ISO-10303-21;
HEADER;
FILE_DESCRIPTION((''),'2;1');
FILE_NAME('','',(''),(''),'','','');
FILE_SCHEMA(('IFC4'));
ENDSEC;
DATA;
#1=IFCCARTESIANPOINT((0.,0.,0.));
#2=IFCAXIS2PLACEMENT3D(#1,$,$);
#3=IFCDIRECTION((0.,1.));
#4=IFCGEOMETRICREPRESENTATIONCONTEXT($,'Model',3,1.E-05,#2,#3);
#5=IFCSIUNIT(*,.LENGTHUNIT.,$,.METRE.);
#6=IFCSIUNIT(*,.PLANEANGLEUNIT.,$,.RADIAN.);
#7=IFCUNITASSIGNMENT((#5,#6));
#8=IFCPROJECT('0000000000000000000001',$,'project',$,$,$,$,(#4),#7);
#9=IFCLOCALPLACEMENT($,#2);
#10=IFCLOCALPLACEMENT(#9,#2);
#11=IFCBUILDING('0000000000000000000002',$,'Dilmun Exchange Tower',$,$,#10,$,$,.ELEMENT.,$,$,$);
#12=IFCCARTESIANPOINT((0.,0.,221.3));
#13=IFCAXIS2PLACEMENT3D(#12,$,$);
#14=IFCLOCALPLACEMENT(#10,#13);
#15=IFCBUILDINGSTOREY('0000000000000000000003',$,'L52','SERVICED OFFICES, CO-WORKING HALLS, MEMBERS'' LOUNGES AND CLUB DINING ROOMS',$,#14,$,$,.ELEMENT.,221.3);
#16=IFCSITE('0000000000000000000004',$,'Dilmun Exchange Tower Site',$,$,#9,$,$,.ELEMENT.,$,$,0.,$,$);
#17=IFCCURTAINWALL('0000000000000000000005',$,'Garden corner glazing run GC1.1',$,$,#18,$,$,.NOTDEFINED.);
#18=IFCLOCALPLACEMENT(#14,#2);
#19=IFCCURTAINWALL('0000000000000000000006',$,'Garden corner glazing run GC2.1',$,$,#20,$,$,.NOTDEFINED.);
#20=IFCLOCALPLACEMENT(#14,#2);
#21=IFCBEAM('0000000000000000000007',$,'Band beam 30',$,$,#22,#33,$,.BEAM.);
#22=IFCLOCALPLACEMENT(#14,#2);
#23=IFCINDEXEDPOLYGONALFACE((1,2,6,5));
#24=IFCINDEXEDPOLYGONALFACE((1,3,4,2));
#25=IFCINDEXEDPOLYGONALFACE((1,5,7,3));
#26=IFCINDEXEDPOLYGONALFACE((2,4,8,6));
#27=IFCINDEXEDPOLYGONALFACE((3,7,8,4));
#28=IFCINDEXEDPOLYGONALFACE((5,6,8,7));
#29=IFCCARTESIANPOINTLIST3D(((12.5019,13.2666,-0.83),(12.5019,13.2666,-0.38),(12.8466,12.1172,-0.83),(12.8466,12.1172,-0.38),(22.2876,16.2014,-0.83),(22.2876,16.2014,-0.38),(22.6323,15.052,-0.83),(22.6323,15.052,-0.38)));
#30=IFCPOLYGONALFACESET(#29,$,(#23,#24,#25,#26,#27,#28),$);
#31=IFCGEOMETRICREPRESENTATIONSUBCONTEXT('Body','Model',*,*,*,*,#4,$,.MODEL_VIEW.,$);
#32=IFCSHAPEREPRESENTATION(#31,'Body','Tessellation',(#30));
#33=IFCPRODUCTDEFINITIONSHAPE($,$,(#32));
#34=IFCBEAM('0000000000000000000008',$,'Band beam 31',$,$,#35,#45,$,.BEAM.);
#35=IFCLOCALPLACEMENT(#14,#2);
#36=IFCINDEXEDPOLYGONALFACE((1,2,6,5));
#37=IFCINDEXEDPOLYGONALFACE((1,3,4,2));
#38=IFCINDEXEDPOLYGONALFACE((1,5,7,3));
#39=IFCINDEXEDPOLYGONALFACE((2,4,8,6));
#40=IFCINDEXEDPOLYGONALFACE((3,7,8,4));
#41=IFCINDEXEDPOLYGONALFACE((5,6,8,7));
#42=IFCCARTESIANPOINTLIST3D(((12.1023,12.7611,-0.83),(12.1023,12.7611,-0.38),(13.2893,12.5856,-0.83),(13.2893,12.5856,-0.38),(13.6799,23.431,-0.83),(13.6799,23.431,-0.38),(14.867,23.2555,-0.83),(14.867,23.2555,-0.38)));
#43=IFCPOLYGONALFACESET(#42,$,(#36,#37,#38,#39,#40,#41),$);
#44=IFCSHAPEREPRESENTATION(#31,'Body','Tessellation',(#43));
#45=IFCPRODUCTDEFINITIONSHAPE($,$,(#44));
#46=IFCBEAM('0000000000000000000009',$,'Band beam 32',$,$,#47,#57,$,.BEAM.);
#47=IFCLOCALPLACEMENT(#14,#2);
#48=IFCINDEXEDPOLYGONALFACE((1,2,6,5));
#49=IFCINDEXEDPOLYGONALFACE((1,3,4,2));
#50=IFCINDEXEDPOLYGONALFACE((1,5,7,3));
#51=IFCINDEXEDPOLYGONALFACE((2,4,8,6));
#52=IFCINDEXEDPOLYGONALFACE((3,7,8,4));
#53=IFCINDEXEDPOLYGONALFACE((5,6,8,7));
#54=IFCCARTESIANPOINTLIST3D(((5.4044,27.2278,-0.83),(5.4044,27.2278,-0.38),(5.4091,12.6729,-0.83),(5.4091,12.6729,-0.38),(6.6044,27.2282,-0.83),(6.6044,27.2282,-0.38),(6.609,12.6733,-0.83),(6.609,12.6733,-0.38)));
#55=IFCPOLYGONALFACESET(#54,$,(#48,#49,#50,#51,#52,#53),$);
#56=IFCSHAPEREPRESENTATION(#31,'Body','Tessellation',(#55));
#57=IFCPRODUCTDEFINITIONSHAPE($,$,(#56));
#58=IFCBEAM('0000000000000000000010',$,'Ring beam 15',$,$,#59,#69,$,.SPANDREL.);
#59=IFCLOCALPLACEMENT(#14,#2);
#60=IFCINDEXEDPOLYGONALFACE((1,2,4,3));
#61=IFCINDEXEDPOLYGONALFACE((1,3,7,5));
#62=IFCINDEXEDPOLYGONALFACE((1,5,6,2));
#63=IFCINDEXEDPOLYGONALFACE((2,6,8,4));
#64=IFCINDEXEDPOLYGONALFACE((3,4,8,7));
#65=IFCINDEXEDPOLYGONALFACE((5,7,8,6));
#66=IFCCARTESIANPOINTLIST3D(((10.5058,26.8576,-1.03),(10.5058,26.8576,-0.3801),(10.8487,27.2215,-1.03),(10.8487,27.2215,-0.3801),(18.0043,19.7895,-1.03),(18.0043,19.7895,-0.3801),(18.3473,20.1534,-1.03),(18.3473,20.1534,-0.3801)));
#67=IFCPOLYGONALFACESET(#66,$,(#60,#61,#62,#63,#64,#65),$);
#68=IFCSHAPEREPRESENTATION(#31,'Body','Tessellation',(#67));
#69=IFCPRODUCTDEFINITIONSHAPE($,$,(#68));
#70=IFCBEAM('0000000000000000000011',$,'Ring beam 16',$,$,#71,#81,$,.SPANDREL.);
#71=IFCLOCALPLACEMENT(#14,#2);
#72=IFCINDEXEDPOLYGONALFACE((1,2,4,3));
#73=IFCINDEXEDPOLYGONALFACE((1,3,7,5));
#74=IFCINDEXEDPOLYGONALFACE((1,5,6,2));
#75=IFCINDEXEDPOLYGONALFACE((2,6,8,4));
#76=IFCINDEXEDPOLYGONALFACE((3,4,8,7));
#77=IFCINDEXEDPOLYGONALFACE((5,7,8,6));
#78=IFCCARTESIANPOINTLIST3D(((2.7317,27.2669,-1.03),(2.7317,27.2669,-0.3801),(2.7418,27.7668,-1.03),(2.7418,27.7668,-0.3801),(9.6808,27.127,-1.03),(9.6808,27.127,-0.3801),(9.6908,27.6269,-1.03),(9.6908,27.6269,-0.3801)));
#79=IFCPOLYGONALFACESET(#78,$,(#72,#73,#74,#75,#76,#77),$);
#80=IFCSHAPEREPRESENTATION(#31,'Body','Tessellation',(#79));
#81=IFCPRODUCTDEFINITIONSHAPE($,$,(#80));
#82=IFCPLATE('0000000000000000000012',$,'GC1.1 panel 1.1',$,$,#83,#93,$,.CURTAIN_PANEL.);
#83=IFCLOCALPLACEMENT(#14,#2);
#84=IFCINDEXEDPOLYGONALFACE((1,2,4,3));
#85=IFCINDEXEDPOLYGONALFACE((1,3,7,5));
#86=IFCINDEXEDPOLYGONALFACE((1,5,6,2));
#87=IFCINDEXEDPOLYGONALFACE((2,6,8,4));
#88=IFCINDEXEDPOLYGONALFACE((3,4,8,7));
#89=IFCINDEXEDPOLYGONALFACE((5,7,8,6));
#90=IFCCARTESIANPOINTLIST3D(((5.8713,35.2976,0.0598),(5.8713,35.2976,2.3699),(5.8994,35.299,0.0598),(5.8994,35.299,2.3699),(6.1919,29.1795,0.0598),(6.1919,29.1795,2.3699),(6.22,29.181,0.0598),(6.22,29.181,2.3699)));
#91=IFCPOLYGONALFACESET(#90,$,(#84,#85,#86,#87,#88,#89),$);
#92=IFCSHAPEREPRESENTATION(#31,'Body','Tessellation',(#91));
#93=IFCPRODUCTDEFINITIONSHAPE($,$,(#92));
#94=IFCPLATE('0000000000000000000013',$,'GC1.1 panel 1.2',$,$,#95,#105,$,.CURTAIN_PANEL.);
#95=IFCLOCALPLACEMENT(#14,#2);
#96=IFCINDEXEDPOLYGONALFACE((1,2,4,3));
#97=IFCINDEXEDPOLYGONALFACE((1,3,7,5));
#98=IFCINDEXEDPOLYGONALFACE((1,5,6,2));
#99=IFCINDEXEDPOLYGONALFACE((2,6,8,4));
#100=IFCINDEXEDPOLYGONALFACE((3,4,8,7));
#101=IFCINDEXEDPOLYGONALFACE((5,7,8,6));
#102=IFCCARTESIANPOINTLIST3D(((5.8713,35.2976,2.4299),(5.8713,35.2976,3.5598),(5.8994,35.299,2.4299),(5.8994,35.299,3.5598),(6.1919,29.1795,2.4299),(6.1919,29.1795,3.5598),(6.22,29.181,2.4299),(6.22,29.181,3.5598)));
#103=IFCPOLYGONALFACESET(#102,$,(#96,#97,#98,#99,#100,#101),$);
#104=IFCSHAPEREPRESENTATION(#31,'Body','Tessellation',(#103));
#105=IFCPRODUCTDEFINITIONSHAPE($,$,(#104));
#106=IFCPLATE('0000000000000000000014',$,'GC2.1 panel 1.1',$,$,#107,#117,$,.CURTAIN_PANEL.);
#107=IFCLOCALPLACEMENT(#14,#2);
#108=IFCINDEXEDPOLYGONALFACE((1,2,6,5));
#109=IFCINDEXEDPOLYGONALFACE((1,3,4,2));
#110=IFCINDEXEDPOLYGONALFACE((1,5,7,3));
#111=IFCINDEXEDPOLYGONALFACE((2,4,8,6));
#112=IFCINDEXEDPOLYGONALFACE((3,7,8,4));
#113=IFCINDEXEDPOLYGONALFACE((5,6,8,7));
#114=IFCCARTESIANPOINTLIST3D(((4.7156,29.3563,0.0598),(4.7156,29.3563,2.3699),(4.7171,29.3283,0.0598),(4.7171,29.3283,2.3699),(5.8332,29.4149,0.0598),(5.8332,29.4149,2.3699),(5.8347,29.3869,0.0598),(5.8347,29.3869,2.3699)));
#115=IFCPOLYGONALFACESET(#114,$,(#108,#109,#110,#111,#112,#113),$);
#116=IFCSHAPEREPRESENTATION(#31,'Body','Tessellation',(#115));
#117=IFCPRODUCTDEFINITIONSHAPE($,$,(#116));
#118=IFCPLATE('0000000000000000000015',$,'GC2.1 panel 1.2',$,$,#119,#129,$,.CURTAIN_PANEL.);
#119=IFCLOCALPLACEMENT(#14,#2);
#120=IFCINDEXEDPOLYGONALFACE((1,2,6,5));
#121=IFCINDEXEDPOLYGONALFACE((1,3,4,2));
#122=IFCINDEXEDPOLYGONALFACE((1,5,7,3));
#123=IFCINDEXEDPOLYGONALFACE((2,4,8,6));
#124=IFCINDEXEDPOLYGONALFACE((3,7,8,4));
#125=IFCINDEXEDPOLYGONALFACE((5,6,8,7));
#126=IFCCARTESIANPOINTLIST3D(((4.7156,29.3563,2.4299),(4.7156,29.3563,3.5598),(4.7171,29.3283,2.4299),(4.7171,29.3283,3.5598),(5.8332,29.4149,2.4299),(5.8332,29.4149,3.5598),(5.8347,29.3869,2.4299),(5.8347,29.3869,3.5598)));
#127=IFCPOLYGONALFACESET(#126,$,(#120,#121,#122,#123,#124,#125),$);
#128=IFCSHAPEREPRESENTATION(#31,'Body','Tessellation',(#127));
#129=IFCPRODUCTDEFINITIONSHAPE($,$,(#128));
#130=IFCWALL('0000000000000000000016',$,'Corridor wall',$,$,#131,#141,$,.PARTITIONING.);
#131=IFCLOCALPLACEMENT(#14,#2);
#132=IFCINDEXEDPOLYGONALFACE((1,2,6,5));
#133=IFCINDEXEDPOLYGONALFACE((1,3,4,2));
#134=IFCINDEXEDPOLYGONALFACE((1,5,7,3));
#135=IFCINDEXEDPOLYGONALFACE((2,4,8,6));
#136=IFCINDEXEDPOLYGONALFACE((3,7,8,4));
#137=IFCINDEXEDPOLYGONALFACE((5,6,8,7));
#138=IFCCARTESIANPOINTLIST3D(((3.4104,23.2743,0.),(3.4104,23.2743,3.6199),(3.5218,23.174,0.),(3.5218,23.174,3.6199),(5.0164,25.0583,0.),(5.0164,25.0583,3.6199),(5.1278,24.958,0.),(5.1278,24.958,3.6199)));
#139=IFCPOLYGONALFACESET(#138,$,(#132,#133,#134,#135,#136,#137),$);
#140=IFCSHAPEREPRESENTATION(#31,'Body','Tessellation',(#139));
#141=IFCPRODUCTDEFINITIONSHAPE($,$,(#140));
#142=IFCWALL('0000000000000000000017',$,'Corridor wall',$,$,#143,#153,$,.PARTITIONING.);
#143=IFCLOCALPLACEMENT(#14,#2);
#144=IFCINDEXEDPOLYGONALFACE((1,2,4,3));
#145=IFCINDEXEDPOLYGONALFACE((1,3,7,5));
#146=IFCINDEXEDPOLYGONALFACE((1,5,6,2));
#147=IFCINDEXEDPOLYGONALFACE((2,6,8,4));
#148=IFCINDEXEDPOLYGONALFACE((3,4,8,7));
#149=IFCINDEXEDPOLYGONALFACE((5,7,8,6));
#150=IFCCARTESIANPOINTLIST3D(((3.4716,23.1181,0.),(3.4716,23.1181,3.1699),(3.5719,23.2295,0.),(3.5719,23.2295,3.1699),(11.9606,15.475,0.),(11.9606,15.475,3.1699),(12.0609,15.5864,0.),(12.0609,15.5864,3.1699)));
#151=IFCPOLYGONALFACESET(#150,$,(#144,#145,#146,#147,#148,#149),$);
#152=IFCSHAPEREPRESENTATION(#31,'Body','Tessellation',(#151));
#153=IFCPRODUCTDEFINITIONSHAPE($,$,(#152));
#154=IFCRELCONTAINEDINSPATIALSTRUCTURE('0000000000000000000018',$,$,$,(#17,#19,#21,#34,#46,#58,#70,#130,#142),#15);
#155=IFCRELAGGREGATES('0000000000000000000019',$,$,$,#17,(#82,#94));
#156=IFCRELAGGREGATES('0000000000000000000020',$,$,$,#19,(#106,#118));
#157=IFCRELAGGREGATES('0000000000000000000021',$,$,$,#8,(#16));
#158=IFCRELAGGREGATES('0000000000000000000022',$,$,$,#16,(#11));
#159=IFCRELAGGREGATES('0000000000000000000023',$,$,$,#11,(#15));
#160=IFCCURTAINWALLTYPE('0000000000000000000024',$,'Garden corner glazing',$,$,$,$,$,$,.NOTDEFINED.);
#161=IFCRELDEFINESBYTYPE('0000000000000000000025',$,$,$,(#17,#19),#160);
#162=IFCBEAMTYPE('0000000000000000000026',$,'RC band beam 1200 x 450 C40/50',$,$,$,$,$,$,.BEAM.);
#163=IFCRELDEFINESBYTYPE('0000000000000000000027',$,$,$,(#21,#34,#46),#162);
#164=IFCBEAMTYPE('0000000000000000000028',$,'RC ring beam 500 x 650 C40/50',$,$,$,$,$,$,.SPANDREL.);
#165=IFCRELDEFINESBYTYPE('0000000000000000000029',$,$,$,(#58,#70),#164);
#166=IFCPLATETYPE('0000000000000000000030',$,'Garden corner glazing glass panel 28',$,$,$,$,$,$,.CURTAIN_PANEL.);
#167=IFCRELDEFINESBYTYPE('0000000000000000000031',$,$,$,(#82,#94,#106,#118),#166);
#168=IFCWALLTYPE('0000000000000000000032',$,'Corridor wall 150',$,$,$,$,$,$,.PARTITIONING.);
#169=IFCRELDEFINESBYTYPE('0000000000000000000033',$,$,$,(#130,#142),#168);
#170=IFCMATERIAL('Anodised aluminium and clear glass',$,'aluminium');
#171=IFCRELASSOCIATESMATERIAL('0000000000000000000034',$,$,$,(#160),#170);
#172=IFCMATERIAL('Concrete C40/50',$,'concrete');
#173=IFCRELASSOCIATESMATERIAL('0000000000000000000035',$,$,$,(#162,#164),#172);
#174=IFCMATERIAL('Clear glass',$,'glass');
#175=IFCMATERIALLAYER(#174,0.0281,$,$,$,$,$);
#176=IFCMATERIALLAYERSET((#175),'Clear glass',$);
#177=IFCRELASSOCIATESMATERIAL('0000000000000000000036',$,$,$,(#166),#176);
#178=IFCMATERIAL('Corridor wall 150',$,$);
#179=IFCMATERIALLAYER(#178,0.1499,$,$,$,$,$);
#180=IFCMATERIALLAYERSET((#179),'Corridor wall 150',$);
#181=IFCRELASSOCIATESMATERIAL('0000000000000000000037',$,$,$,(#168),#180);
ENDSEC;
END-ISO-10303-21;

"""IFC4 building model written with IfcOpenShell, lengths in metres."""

from ifc_helpers import new_model, si_unit, direction, frame, frame_2d, origin, origin_2d, place, context, subcontext, project, spatial, rectangle, extrude, material, layer, layer_set, material_profile, profile_set, type_object, element, aggregate, save


model = new_model("IFC4")

# Units and contexts
model_context = context("Model", 3, precision=1e-05, world=origin(), true_north=direction((0.0, 1.0)))
body_context = subcontext(model_context, "Body", "Model", "MODEL_VIEW")
ifc_project = project(units=[si_unit("LENGTHUNIT", "METRE"), si_unit("PLANEANGLEUNIT", "RADIAN")], contexts=[model_context])

# Site, building, storey
site_placement = place(None, origin())
site = spatial("IfcSite", under=ifc_project, at=site_placement, Name="Dilmun Exchange Tower Site", CompositionType="ELEMENT", RefElevation=0.0)
building_placement = place(site_placement, origin())
building = spatial("IfcBuilding", under=site, at=building_placement, Name="Dilmun Exchange Tower", CompositionType="ELEMENT")
storey_placement = place(building_placement, frame((0.0, 0.0, 221.3)))
storey = spatial("IfcBuildingStorey", under=building, at=storey_placement, Name="L52", Description="SERVICED OFFICES, CO-WORKING HALLS, MEMBERS' LOUNGES AND CLUB DINING ROOMS", CompositionType="ELEMENT", Elevation=221.3)

# Curtain walls
ifc_material_1 = material(Name="Anodised aluminium and clear glass", Category="aluminium")
curtain_wall_type = type_object("IfcCurtainWallType", Name="Garden corner glazing", PredefinedType="NOTDEFINED", material=ifc_material_1)
curtain_wall_1_placement = place(storey_placement, origin())
curtain_wall_1 = element("IfcCurtainWall", 1, at=curtain_wall_1_placement, inside=storey, type_object=curtain_wall_type, Name="Garden corner glazing run GC1.1", PredefinedType="NOTDEFINED")
curtain_wall_2_placement = place(storey_placement, origin())
curtain_wall_2 = element("IfcCurtainWall", 2, at=curtain_wall_2_placement, inside=storey, type_object=curtain_wall_type, Name="Garden corner glazing run GC2.1", PredefinedType="NOTDEFINED")

# Beams
ifc_material_2 = material(Name="Concrete C40/50", Category="concrete")
ifc_material_profile_1 = material_profile(ifc_material_2, rectangle(XDim=1.2, YDim=0.45, at=origin_2d()), Name="1200 x 450")
ifc_profile_set_1 = profile_set([ifc_material_profile_1], Name="Concrete C40/50")
beam_type_1 = type_object("IfcBeamType", Name="RC band beam 1200 x 450 C40/50", PredefinedType="BEAM", material=ifc_profile_set_1)
beam_1_placement = place(storey_placement, frame((22.46, 15.6267, -0.605), z_axis=(-0.95785, -0.287269, 0.0), x_axis=(0.287269, -0.95785, 0.0)))
element("IfcBeam", 3, at=beam_1_placement, inside=storey, type_object=beam_type_1, Name="Band beam 30", PredefinedType="BEAM", context=body_context, shape_type="SweptSolid", body=[
    extrude(rectangle(XDim=1.2, YDim=0.45, at=origin_2d()), origin(), (0.0, 0.0, 1.0), 10.2163),
])
beam_2_placement = place(storey_placement, frame((14.2734, 23.3433, -0.605), z_axis=(-0.146268, -0.989245, 0.0), x_axis=(0.989245, -0.146268, 0.0)))
element("IfcBeam", 4, at=beam_2_placement, inside=storey, type_object=beam_type_1, Name="Band beam 31", PredefinedType="BEAM", context=body_context, shape_type="SweptSolid", body=[
    extrude(rectangle(XDim=1.2, YDim=0.45, at=origin_2d()), origin(), (0.0, 0.0, 1.0), 10.7859),
])
beam_3_placement = place(storey_placement, frame((6.0044, 27.228, -0.605), z_axis=(0.000319, -1.0, 0.0), x_axis=(1.0, 0.000319, 0.0)))
element("IfcBeam", 5, at=beam_3_placement, inside=storey, type_object=beam_type_1, Name="Band beam 32", PredefinedType="BEAM", context=body_context, shape_type="SweptSolid", body=[
    extrude(rectangle(XDim=1.2, YDim=0.45, at=origin_2d()), origin(), (0.0, 0.0, 1.0), 14.5549),
])
ifc_material_profile_2 = material_profile(ifc_material_2, rectangle(XDim=0.5, YDim=0.6499, at=origin_2d()), Name="500 x 650")
ifc_profile_set_2 = profile_set([ifc_material_profile_2], Name="Concrete C40/50")
beam_type_2 = type_object("IfcBeamType", Name="RC ring beam 500 x 650 C40/50", PredefinedType="SPANDREL", material=ifc_profile_set_2)
beam_4_placement = place(storey_placement, frame((18.1758, 19.9714, -0.7051), z_axis=(-0.727683, 0.685914, 0.0), x_axis=(-0.685914, -0.727683, 0.0)))
element("IfcBeam", 6, at=beam_4_placement, inside=storey, type_object=beam_type_2, Name="Ring beam 15", PredefinedType="SPANDREL", context=body_context, shape_type="SweptSolid", body=[
    extrude(rectangle(XDim=0.5, YDim=0.6499, at=origin_2d()), origin(), (0.0, 0.0, 1.0), 10.3047),
])
beam_5_placement = place(storey_placement, frame((9.6858, 27.377, -0.7051), z_axis=(-0.999797, 0.020127, 0.0), x_axis=(-0.020127, -0.999797, 0.0)))
element("IfcBeam", 7, at=beam_5_placement, inside=storey, type_object=beam_type_2, Name="Ring beam 16", PredefinedType="SPANDREL", context=body_context, shape_type="SweptSolid", body=[
    extrude(rectangle(XDim=0.5, YDim=0.6499, at=origin_2d()), origin(), (0.0, 0.0, 1.0), 6.9504),
])

# Plates
ifc_material_3 = material(Name="Clear glass", Category="glass")
ifc_layer_1 = layer(ifc_material_3, 0.0281)
ifc_layer_set_1 = layer_set([ifc_layer_1], Name="Clear glass")
plate_type = type_object("IfcPlateType", Name="Garden corner glazing glass panel 28", PredefinedType="CURTAIN_PANEL", material=ifc_layer_set_1)
plate_1_placement = place(storey_placement, frame((6.0457, 32.2393, 0.0598), z_axis=(0.0, 0.0, 1.0), x_axis=(0.052334, -0.99863, 0.0)))
plate_1 = element("IfcPlate", 8, at=plate_1_placement, type_object=plate_type, Name="GC1.1 panel 1.1", PredefinedType="CURTAIN_PANEL", context=body_context, shape_type="SweptSolid", body=[
    extrude(rectangle(XDim=6.1265, YDim=0.0281, at=origin_2d()), origin(), (0.0, 0.0, 1.0), 2.3101),
])
plate_2_placement = place(storey_placement, frame((6.0457, 32.2393, 2.4299), z_axis=(0.0, 0.0, 1.0), x_axis=(0.052334, -0.99863, 0.0)))
plate_2 = element("IfcPlate", 9, at=plate_2_placement, type_object=plate_type, Name="GC1.1 panel 1.2", PredefinedType="CURTAIN_PANEL", context=body_context, shape_type="SweptSolid", body=[
    extrude(rectangle(XDim=6.1265, YDim=0.0281, at=origin_2d()), origin(), (0.0, 0.0, 1.0), 1.1299),
])
aggregate(curtain_wall_1, [plate_1, plate_2])
plate_3_placement = place(storey_placement, frame((5.2751, 29.3716, 0.0598), z_axis=(0.0, 0.0, 1.0), x_axis=(-0.998627, -0.052377, 0.0)))
plate_3 = element("IfcPlate", 10, at=plate_3_placement, type_object=plate_type, Name="GC2.1 panel 1.1", PredefinedType="CURTAIN_PANEL", context=body_context, shape_type="SweptSolid", body=[
    extrude(rectangle(XDim=1.1191, YDim=0.0281, at=origin_2d()), origin(), (0.0, 0.0, 1.0), 2.3101),
])
plate_4_placement = place(storey_placement, frame((5.2751, 29.3716, 2.4299), z_axis=(0.0, 0.0, 1.0), x_axis=(-0.998627, -0.052377, 0.0)))
plate_4 = element("IfcPlate", 11, at=plate_4_placement, type_object=plate_type, Name="GC2.1 panel 1.2", PredefinedType="CURTAIN_PANEL", context=body_context, shape_type="SweptSolid", body=[
    extrude(rectangle(XDim=1.1191, YDim=0.0281, at=origin_2d()), origin(), (0.0, 0.0, 1.0), 1.1299),
])
aggregate(curtain_wall_2, [plate_3, plate_4])

# Walls
ifc_material_4 = material(Name="Corridor wall 150")
ifc_layer_2 = layer(ifc_material_4, 0.1499)
ifc_layer_set_2 = layer_set([ifc_layer_2], Name="Corridor wall 150")
wall_type_1 = type_object("IfcWallType", Name="Corridor wall 150", PredefinedType="PARTITIONING", material=ifc_layer_set_2)
wall_1_placement = place(storey_placement, frame((3.4661, 23.2241, 0.0), z_axis=(0.0, 0.0, 1.0), x_axis=(0.66906, 0.743208, 0.0)))
element("IfcWall", 12, at=wall_1_placement, inside=storey, type_object=wall_type_1, Name="Corridor wall", PredefinedType="PARTITIONING", context=body_context, shape_type="SweptSolid", body=[
    extrude(rectangle(XDim=2.4004, YDim=0.1499, at=frame_2d((1.2002, 0.0))), origin(), (0.0, 0.0, 1.0), 3.6199),
])
wall_2_placement = place(storey_placement, frame((3.5217, 23.1738, 0.0), z_axis=(0.0, 0.0, 1.0), x_axis=(0.743166, -0.669108, 0.0)))
element("IfcWall", 13, at=wall_2_placement, inside=storey, type_object=wall_type_1, Name="Corridor wall", PredefinedType="PARTITIONING", context=body_context, shape_type="SweptSolid", body=[
    extrude(rectangle(XDim=11.4229, YDim=0.1499, at=frame_2d((5.7114, 0.0))), origin(), (0.0, 0.0, 1.0), 3.1699),
])

save(model, "model.ifc")
